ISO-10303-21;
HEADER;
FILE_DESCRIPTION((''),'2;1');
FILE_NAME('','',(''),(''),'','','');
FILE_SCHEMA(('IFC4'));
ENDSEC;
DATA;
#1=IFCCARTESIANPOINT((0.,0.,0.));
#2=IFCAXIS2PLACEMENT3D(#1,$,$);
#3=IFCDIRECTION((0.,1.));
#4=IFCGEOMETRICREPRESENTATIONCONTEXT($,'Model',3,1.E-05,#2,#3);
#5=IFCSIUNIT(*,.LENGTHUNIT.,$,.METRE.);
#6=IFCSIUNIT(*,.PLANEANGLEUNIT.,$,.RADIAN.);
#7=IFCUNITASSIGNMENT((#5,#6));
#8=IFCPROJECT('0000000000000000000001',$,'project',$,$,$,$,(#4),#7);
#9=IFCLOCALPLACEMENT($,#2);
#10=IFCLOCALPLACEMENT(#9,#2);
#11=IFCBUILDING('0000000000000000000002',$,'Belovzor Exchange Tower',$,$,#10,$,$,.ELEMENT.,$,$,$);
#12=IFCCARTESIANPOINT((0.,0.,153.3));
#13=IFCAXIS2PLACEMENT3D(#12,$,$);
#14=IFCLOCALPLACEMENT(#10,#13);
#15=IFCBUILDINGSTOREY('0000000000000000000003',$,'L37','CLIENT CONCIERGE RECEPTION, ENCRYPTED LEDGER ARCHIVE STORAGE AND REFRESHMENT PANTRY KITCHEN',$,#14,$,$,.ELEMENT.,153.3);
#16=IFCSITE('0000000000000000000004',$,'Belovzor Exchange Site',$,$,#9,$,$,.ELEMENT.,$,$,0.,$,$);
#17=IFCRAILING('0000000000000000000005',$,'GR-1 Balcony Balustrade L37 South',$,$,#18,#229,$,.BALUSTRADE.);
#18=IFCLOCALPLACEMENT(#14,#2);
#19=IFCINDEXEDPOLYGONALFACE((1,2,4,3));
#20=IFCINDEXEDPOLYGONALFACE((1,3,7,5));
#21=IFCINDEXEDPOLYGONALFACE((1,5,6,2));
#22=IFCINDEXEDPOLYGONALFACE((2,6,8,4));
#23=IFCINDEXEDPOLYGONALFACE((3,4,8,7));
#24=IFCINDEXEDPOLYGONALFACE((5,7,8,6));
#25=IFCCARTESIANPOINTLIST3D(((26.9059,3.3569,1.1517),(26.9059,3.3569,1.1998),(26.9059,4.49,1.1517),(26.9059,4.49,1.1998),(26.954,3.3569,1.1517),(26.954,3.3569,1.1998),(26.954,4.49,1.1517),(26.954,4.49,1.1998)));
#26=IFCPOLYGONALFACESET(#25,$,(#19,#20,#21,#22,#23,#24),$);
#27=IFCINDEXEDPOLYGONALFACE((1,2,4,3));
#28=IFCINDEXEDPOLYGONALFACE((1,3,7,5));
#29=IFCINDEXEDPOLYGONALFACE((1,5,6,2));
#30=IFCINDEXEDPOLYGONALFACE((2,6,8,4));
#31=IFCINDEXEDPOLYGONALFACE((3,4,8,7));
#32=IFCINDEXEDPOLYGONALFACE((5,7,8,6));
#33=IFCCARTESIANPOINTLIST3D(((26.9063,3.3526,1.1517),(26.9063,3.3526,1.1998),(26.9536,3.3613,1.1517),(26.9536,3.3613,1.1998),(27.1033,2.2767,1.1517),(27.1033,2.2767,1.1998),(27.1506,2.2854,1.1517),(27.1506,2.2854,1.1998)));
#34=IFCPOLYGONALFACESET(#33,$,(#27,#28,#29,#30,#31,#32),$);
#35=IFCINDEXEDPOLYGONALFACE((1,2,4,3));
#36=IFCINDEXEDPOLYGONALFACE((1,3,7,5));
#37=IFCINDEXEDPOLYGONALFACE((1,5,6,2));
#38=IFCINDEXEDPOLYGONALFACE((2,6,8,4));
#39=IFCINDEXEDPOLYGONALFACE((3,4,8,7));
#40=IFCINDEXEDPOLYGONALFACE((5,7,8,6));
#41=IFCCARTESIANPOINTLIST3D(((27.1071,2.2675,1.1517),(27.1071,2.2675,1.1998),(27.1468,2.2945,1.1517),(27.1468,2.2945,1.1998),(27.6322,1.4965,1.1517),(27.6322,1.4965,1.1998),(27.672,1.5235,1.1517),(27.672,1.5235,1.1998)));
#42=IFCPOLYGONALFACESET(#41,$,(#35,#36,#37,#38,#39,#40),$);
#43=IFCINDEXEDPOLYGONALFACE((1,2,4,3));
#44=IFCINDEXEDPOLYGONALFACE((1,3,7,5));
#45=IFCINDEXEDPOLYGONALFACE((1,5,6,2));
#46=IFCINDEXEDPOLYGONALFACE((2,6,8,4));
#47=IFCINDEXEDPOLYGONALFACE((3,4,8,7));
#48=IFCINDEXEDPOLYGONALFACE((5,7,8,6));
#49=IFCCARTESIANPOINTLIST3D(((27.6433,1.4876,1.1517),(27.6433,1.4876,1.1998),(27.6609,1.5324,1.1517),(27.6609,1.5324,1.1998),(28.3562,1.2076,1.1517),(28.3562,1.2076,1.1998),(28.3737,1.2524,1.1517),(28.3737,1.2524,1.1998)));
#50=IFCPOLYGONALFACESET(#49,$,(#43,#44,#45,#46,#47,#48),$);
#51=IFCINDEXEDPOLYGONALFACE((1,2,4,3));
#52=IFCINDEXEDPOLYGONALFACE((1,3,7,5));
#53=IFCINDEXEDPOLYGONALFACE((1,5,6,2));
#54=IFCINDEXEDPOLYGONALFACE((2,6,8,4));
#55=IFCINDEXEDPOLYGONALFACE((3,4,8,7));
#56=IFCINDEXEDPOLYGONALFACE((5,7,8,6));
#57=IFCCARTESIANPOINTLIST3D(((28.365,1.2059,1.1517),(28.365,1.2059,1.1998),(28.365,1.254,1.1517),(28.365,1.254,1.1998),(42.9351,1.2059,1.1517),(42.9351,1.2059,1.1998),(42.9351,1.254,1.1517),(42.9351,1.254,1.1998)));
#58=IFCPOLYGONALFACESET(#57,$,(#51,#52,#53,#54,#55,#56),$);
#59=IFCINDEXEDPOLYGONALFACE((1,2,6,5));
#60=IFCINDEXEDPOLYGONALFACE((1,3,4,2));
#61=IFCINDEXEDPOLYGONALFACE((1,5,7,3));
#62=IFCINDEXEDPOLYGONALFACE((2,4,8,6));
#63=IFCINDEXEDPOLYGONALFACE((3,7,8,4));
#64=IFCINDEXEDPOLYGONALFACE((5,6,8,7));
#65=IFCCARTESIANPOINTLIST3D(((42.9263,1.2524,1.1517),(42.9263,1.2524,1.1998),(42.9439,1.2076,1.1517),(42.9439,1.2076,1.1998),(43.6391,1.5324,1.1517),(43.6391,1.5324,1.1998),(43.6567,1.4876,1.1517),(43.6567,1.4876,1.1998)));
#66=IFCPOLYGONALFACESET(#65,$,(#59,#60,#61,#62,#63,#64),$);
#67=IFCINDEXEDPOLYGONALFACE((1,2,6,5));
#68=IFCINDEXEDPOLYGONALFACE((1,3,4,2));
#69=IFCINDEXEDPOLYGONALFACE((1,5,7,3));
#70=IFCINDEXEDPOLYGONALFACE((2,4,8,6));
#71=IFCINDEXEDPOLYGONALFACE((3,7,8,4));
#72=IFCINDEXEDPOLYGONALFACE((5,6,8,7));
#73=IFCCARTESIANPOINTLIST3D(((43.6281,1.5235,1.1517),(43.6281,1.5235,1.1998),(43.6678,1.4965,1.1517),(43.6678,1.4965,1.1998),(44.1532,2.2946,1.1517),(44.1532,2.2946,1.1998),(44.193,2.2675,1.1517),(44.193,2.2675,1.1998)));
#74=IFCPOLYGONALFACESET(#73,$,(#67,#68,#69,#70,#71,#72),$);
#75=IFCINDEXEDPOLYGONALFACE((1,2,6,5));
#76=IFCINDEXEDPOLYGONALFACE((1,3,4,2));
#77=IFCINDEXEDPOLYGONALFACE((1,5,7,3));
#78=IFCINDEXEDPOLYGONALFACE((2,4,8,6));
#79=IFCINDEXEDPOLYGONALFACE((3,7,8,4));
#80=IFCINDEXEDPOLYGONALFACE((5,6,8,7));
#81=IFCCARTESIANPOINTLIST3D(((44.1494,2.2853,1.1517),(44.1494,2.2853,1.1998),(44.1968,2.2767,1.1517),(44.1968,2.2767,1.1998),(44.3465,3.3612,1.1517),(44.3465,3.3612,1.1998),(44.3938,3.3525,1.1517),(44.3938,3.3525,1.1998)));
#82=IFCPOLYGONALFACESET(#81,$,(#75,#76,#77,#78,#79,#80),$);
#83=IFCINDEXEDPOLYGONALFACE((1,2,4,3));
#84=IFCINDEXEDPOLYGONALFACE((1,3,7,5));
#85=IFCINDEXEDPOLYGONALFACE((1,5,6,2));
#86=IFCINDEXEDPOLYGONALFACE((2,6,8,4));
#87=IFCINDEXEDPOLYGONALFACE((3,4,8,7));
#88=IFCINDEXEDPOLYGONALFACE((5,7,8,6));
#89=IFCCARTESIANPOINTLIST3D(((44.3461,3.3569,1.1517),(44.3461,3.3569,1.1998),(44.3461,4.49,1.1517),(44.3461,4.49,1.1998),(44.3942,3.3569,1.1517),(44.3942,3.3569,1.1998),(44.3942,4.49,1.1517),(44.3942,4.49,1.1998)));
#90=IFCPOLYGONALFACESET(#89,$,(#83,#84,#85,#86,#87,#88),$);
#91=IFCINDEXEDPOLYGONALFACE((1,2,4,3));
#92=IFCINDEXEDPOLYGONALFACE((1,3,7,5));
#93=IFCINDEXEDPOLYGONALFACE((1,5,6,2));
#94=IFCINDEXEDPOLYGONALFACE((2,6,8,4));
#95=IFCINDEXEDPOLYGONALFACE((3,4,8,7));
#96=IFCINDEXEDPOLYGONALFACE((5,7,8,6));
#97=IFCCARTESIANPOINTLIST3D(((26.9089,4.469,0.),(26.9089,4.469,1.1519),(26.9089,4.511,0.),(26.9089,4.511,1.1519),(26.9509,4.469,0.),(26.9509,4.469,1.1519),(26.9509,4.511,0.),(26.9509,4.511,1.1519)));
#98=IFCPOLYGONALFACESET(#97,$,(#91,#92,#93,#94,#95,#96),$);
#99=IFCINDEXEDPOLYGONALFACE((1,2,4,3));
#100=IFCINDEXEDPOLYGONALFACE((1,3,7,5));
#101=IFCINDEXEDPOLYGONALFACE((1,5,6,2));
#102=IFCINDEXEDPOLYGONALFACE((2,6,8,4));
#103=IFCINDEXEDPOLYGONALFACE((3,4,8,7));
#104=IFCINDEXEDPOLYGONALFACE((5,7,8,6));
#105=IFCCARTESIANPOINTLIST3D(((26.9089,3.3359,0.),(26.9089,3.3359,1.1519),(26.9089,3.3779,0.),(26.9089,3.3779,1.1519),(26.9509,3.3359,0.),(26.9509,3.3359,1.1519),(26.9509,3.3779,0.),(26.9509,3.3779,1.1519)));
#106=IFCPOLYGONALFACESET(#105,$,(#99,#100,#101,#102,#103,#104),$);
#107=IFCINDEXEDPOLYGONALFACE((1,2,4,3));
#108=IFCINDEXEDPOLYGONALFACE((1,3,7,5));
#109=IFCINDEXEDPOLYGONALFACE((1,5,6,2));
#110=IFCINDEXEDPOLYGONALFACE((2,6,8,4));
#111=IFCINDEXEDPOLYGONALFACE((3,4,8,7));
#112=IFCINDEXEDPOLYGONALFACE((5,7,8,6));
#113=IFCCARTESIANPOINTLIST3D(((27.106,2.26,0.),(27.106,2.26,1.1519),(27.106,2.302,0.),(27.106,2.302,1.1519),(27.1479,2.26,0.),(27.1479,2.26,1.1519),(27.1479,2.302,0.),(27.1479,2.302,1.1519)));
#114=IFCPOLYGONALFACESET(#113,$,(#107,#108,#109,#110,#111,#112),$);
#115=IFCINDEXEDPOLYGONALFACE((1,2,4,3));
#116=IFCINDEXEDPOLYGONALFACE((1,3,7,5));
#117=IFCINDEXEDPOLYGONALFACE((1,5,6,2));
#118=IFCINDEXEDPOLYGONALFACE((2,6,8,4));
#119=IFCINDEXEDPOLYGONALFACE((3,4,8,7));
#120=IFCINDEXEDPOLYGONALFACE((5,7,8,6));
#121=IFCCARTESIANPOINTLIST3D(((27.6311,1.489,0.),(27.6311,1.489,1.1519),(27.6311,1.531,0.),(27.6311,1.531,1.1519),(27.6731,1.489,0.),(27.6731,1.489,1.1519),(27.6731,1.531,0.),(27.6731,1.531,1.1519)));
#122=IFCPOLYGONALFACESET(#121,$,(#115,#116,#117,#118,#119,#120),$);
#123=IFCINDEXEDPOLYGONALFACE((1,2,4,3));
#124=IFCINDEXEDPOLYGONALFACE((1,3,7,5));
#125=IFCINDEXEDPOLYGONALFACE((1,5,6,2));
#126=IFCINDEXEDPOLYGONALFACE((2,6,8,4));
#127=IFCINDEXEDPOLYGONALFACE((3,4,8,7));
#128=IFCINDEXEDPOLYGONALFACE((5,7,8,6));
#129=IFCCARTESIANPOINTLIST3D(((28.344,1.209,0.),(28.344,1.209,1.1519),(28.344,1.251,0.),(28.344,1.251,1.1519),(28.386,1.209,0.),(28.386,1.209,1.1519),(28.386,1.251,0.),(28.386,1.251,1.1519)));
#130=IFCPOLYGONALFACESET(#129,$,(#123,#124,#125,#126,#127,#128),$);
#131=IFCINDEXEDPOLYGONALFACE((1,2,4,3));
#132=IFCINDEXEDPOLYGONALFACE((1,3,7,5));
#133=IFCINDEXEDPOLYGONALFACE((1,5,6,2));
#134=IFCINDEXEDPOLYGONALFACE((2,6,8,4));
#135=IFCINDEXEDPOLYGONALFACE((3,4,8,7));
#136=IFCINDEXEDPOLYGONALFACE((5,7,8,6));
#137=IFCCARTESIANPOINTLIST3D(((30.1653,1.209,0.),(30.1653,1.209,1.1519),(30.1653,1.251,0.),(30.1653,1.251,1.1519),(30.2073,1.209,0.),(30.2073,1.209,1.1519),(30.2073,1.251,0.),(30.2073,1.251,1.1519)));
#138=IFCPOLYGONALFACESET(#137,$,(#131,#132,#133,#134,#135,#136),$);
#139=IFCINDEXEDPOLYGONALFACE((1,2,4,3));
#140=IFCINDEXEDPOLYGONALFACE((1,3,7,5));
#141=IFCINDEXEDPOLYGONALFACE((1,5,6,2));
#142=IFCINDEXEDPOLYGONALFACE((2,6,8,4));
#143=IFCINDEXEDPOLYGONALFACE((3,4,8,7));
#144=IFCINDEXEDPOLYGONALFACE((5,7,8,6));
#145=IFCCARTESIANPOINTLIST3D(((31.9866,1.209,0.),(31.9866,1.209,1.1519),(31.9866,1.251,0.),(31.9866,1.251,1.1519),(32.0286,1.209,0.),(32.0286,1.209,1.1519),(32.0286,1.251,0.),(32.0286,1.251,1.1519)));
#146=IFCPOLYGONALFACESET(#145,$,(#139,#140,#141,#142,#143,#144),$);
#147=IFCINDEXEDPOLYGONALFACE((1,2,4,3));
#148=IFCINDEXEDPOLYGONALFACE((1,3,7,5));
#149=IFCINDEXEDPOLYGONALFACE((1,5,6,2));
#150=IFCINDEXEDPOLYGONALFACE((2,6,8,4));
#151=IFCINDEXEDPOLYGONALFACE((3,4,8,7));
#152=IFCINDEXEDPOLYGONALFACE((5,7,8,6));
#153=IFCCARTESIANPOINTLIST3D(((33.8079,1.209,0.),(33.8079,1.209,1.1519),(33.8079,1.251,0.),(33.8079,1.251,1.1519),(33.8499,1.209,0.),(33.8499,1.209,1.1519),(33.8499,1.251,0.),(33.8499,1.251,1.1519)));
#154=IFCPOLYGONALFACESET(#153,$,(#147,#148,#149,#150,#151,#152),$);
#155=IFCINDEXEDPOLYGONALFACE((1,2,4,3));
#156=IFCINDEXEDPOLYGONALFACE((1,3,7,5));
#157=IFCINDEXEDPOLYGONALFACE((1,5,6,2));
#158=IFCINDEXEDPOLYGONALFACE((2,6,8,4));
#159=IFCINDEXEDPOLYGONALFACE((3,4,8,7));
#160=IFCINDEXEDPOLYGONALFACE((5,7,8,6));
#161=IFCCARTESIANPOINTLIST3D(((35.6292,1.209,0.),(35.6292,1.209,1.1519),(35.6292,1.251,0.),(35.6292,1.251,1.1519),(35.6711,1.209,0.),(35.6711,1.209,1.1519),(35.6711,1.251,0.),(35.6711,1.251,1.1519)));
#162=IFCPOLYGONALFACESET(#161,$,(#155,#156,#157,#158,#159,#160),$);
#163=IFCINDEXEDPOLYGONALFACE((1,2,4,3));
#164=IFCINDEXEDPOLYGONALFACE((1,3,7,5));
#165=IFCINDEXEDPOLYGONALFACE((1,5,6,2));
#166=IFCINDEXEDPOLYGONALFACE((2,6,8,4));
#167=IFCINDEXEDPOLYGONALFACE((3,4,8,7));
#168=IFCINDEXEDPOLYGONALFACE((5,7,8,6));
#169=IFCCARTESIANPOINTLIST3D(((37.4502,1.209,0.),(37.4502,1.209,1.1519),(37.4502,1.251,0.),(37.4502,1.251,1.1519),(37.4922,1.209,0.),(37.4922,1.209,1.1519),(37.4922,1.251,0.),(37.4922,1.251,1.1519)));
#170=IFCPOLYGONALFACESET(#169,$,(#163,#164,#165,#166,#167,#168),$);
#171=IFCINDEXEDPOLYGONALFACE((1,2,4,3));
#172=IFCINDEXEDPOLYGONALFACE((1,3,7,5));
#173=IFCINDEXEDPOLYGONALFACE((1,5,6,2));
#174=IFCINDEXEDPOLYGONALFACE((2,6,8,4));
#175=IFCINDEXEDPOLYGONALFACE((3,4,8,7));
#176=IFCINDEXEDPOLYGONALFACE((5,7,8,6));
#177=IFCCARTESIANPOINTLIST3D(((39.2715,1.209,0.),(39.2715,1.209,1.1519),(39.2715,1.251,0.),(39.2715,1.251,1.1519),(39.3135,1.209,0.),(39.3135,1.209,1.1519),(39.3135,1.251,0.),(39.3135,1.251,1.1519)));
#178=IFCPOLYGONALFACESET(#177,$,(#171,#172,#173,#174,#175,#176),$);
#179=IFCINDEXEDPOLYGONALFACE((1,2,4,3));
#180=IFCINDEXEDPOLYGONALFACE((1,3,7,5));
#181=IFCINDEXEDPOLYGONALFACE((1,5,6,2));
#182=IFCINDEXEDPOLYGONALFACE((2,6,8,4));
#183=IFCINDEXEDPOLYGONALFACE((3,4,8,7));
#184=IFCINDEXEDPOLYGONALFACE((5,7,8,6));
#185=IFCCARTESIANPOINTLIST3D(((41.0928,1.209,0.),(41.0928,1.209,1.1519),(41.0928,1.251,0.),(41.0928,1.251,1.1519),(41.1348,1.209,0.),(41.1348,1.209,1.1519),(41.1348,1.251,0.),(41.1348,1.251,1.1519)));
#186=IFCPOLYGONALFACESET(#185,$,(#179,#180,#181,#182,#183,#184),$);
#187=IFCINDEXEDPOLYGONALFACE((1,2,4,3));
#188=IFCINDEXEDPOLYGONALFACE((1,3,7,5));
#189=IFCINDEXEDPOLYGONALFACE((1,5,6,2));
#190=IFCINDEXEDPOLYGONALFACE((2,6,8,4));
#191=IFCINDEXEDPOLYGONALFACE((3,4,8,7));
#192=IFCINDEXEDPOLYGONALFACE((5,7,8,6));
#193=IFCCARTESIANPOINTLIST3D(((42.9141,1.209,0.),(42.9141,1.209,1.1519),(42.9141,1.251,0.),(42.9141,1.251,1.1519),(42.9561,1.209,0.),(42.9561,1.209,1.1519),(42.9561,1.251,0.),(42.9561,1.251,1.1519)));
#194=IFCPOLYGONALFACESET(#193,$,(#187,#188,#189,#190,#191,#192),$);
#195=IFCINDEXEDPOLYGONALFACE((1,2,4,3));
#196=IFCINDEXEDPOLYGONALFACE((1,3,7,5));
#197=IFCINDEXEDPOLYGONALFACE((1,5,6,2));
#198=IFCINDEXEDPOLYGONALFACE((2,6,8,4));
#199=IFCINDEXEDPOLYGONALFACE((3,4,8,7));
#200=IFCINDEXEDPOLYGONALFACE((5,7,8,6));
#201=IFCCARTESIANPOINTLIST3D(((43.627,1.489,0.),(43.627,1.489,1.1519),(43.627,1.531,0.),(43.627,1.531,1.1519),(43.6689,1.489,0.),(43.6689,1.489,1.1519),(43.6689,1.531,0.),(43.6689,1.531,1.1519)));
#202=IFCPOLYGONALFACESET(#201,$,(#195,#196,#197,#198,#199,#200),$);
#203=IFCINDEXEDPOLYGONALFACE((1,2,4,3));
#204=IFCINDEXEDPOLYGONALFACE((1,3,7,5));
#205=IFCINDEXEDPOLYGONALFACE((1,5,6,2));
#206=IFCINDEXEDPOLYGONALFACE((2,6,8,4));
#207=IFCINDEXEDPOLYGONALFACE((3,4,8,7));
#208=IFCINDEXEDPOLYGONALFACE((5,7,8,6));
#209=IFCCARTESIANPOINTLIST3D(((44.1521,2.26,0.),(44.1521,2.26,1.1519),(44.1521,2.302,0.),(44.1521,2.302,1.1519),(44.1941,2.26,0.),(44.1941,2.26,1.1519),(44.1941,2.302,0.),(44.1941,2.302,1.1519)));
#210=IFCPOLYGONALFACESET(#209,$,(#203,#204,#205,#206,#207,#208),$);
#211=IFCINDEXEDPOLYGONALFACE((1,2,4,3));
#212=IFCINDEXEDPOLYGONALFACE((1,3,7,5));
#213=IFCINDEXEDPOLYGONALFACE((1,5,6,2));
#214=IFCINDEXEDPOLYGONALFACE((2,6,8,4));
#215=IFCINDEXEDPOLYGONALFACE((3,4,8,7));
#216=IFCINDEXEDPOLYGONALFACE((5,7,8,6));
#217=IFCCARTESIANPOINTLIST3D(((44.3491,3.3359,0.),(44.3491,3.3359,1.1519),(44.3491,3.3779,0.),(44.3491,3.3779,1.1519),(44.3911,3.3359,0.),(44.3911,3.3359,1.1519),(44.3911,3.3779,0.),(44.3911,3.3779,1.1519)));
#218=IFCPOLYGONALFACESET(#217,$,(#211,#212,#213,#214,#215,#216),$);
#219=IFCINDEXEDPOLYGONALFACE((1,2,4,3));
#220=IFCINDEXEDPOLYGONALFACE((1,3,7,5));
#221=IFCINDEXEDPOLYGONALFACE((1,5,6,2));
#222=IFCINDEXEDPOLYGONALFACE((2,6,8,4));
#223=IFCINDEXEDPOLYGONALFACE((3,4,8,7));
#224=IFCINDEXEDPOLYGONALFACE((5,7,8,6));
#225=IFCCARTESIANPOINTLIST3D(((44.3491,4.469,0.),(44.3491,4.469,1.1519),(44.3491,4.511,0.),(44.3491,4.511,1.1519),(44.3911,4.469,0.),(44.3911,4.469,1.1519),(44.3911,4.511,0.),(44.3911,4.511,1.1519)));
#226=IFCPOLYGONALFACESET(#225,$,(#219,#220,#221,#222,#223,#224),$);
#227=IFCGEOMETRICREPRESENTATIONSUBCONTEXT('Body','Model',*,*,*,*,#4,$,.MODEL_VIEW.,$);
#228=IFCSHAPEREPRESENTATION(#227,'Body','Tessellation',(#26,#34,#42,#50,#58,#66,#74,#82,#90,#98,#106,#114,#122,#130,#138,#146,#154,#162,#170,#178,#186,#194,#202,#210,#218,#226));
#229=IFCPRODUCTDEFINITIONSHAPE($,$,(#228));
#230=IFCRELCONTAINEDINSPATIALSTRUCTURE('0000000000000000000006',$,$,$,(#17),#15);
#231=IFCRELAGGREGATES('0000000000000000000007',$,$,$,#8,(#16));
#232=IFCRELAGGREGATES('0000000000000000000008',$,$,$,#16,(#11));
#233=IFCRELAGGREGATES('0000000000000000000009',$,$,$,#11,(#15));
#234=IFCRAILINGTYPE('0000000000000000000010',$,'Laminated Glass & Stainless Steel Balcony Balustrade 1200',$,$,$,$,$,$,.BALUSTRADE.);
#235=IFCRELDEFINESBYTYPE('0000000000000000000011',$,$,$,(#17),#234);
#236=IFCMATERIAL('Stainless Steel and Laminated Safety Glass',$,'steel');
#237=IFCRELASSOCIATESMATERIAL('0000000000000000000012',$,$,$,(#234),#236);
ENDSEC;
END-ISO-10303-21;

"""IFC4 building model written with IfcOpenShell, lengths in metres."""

from ifc_helpers import new_model, si_unit, direction, frame, origin, origin_2d, place, context, subcontext, project, spatial, rectangle, extrude, material, type_object, element, save


model = new_model("IFC4")

# Units and contexts
model_context = context("Model", 3, precision=1e-05, world=origin(), true_north=direction((0.0, 1.0)))
body_context = subcontext(model_context, "Body", "Model", "MODEL_VIEW")
ifc_project = project(units=[si_unit("LENGTHUNIT", "METRE"), si_unit("PLANEANGLEUNIT", "RADIAN")], contexts=[model_context])

# Site, building, storey
site_placement = place(None, origin())
site = spatial("IfcSite", under=ifc_project, at=site_placement, Name="Belovzor Exchange Site", CompositionType="ELEMENT", RefElevation=0.0)
building_placement = place(site_placement, origin())
building = spatial("IfcBuilding", under=site, at=building_placement, Name="Belovzor Exchange Tower", CompositionType="ELEMENT")
storey_placement = place(building_placement, frame((0.0, 0.0, 153.3)))
storey = spatial("IfcBuildingStorey", under=building, at=storey_placement, Name="L37", Description="CLIENT CONCIERGE RECEPTION, ENCRYPTED LEDGER ARCHIVE STORAGE AND REFRESHMENT PANTRY KITCHEN", CompositionType="ELEMENT", Elevation=153.3)

# Railing
ifc_material_1 = material(Name="Stainless Steel and Laminated Safety Glass", Category="steel")
railing_type = type_object("IfcRailingType", Name="Laminated Glass & Stainless Steel Balcony Balustrade 1200", PredefinedType="BALUSTRADE", material=ifc_material_1)
railing_placement = place(storey_placement, frame((26.9299, 4.49, 0.0)))
element("IfcRailing", 1, at=railing_placement, inside=storey, type_object=railing_type, Name="GR-1 Balcony Balustrade L37 South", PredefinedType="BALUSTRADE", context=body_context, shape_type="SweptSolid", body=[
    extrude(rectangle(XDim=0.0481, YDim=0.0481, at=origin_2d()), frame((0.0, 0.0, 1.1758), z_axis=(0.0, -1.0, 0.0), x_axis=(1.0, 0.0, 0.0)), (0.0, 0.0, 1.0), 1.1331),
    extrude(rectangle(XDim=0.0481, YDim=0.0481, at=origin_2d()), frame((0.0, -1.1331, 1.1758), z_axis=(0.180123, -0.983644, 0.0), x_axis=(0.983644, 0.180123, 0.0)), (0.0, 0.0, 1.0), 1.0938),
    extrude(rectangle(XDim=0.0481, YDim=0.0481, at=origin_2d()), frame((0.197, -2.209, 1.1758), z_axis=(0.562947, -0.826493, 0.0), x_axis=(0.826493, 0.562947, 0.0)), (0.0, 0.0, 1.0), 0.9329),
    extrude(rectangle(XDim=0.0481, YDim=0.0481, at=origin_2d()), frame((0.7222, -2.98, 1.1758), z_axis=(0.930767, -0.365613, 0.0), x_axis=(0.365613, 0.930767, 0.0)), (0.0, 0.0, 1.0), 0.7659),
    extrude(rectangle(XDim=0.0481, YDim=0.0481, at=origin_2d()), frame((1.4351, -3.26, 1.1758), z_axis=(1.0, 0.0, 0.0), x_axis=(0.0, 1.0, 0.0)), (0.0, 0.0, 1.0), 14.5701),
    extrude(rectangle(XDim=0.0481, YDim=0.0481, at=origin_2d()), frame((16.0051, -3.26, 1.1758), z_axis=(0.930767, 0.365613, 0.0), x_axis=(-0.365613, 0.930767, 0.0)), (0.0, 0.0, 1.0), 0.7659),
    extrude(rectangle(XDim=0.0481, YDim=0.0481, at=origin_2d()), frame((16.718, -2.98, 1.1758), z_axis=(0.562947, 0.826493, 0.0), x_axis=(-0.826493, 0.562947, 0.0)), (0.0, 0.0, 1.0), 0.9329),
    extrude(rectangle(XDim=0.0481, YDim=0.0481, at=origin_2d()), frame((17.2432, -2.209, 1.1758), z_axis=(0.180123, 0.983644, 0.0), x_axis=(-0.983644, 0.180123, 0.0)), (0.0, 0.0, 1.0), 1.0938),
    extrude(rectangle(XDim=0.0481, YDim=0.0481, at=origin_2d()), frame((17.4402, -1.1331, 1.1758), z_axis=(0.0, 1.0, 0.0), x_axis=(-1.0, 0.0, 0.0)), (0.0, 0.0, 1.0), 1.1331),
    extrude(rectangle(XDim=0.042, YDim=0.042, at=origin_2d()), origin(), (0.0, 0.0, 1.0), 1.1519),
    extrude(rectangle(XDim=0.042, YDim=0.042, at=origin_2d()), frame((0.0, -1.1331, 0.0)), (0.0, 0.0, 1.0), 1.1519),
    extrude(rectangle(XDim=0.042, YDim=0.042, at=origin_2d()), frame((0.197, -2.209, 0.0)), (0.0, 0.0, 1.0), 1.1519),
    extrude(rectangle(XDim=0.042, YDim=0.042, at=origin_2d()), frame((0.7222, -2.98, 0.0)), (0.0, 0.0, 1.0), 1.1519),
    extrude(rectangle(XDim=0.042, YDim=0.042, at=origin_2d()), frame((1.4351, -3.26, 0.0)), (0.0, 0.0, 1.0), 1.1519),
    extrude(rectangle(XDim=0.042, YDim=0.042, at=origin_2d()), frame((3.2563, -3.26, 0.0)), (0.0, 0.0, 1.0), 1.1519),
    extrude(rectangle(XDim=0.042, YDim=0.042, at=origin_2d()), frame((5.0776, -3.26, 0.0)), (0.0, 0.0, 1.0), 1.1519),
    extrude(rectangle(XDim=0.042, YDim=0.042, at=origin_2d()), frame((6.8989, -3.26, 0.0)), (0.0, 0.0, 1.0), 1.1519),
    extrude(rectangle(XDim=0.042, YDim=0.042, at=origin_2d()), frame((8.7202, -3.26, 0.0)), (0.0, 0.0, 1.0), 1.1519),
    extrude(rectangle(XDim=0.042, YDim=0.042, at=origin_2d()), frame((10.5413, -3.26, 0.0)), (0.0, 0.0, 1.0), 1.1519),
    extrude(rectangle(XDim=0.042, YDim=0.042, at=origin_2d()), frame((12.3625, -3.26, 0.0)), (0.0, 0.0, 1.0), 1.1519),
    extrude(rectangle(XDim=0.042, YDim=0.042, at=origin_2d()), frame((14.1838, -3.26, 0.0)), (0.0, 0.0, 1.0), 1.1519),
    extrude(rectangle(XDim=0.042, YDim=0.042, at=origin_2d()), frame((16.0051, -3.26, 0.0)), (0.0, 0.0, 1.0), 1.1519),
    extrude(rectangle(XDim=0.042, YDim=0.042, at=origin_2d()), frame((16.718, -2.98, 0.0)), (0.0, 0.0, 1.0), 1.1519),
    extrude(rectangle(XDim=0.042, YDim=0.042, at=origin_2d()), frame((17.2432, -2.209, 0.0)), (0.0, 0.0, 1.0), 1.1519),
    extrude(rectangle(XDim=0.042, YDim=0.042, at=origin_2d()), frame((17.4402, -1.1331, 0.0)), (0.0, 0.0, 1.0), 1.1519),
    extrude(rectangle(XDim=0.042, YDim=0.042, at=origin_2d()), frame((17.4402, 0.0, 0.0)), (0.0, 0.0, 1.0), 1.1519),
])

save(model, "model.ifc")
